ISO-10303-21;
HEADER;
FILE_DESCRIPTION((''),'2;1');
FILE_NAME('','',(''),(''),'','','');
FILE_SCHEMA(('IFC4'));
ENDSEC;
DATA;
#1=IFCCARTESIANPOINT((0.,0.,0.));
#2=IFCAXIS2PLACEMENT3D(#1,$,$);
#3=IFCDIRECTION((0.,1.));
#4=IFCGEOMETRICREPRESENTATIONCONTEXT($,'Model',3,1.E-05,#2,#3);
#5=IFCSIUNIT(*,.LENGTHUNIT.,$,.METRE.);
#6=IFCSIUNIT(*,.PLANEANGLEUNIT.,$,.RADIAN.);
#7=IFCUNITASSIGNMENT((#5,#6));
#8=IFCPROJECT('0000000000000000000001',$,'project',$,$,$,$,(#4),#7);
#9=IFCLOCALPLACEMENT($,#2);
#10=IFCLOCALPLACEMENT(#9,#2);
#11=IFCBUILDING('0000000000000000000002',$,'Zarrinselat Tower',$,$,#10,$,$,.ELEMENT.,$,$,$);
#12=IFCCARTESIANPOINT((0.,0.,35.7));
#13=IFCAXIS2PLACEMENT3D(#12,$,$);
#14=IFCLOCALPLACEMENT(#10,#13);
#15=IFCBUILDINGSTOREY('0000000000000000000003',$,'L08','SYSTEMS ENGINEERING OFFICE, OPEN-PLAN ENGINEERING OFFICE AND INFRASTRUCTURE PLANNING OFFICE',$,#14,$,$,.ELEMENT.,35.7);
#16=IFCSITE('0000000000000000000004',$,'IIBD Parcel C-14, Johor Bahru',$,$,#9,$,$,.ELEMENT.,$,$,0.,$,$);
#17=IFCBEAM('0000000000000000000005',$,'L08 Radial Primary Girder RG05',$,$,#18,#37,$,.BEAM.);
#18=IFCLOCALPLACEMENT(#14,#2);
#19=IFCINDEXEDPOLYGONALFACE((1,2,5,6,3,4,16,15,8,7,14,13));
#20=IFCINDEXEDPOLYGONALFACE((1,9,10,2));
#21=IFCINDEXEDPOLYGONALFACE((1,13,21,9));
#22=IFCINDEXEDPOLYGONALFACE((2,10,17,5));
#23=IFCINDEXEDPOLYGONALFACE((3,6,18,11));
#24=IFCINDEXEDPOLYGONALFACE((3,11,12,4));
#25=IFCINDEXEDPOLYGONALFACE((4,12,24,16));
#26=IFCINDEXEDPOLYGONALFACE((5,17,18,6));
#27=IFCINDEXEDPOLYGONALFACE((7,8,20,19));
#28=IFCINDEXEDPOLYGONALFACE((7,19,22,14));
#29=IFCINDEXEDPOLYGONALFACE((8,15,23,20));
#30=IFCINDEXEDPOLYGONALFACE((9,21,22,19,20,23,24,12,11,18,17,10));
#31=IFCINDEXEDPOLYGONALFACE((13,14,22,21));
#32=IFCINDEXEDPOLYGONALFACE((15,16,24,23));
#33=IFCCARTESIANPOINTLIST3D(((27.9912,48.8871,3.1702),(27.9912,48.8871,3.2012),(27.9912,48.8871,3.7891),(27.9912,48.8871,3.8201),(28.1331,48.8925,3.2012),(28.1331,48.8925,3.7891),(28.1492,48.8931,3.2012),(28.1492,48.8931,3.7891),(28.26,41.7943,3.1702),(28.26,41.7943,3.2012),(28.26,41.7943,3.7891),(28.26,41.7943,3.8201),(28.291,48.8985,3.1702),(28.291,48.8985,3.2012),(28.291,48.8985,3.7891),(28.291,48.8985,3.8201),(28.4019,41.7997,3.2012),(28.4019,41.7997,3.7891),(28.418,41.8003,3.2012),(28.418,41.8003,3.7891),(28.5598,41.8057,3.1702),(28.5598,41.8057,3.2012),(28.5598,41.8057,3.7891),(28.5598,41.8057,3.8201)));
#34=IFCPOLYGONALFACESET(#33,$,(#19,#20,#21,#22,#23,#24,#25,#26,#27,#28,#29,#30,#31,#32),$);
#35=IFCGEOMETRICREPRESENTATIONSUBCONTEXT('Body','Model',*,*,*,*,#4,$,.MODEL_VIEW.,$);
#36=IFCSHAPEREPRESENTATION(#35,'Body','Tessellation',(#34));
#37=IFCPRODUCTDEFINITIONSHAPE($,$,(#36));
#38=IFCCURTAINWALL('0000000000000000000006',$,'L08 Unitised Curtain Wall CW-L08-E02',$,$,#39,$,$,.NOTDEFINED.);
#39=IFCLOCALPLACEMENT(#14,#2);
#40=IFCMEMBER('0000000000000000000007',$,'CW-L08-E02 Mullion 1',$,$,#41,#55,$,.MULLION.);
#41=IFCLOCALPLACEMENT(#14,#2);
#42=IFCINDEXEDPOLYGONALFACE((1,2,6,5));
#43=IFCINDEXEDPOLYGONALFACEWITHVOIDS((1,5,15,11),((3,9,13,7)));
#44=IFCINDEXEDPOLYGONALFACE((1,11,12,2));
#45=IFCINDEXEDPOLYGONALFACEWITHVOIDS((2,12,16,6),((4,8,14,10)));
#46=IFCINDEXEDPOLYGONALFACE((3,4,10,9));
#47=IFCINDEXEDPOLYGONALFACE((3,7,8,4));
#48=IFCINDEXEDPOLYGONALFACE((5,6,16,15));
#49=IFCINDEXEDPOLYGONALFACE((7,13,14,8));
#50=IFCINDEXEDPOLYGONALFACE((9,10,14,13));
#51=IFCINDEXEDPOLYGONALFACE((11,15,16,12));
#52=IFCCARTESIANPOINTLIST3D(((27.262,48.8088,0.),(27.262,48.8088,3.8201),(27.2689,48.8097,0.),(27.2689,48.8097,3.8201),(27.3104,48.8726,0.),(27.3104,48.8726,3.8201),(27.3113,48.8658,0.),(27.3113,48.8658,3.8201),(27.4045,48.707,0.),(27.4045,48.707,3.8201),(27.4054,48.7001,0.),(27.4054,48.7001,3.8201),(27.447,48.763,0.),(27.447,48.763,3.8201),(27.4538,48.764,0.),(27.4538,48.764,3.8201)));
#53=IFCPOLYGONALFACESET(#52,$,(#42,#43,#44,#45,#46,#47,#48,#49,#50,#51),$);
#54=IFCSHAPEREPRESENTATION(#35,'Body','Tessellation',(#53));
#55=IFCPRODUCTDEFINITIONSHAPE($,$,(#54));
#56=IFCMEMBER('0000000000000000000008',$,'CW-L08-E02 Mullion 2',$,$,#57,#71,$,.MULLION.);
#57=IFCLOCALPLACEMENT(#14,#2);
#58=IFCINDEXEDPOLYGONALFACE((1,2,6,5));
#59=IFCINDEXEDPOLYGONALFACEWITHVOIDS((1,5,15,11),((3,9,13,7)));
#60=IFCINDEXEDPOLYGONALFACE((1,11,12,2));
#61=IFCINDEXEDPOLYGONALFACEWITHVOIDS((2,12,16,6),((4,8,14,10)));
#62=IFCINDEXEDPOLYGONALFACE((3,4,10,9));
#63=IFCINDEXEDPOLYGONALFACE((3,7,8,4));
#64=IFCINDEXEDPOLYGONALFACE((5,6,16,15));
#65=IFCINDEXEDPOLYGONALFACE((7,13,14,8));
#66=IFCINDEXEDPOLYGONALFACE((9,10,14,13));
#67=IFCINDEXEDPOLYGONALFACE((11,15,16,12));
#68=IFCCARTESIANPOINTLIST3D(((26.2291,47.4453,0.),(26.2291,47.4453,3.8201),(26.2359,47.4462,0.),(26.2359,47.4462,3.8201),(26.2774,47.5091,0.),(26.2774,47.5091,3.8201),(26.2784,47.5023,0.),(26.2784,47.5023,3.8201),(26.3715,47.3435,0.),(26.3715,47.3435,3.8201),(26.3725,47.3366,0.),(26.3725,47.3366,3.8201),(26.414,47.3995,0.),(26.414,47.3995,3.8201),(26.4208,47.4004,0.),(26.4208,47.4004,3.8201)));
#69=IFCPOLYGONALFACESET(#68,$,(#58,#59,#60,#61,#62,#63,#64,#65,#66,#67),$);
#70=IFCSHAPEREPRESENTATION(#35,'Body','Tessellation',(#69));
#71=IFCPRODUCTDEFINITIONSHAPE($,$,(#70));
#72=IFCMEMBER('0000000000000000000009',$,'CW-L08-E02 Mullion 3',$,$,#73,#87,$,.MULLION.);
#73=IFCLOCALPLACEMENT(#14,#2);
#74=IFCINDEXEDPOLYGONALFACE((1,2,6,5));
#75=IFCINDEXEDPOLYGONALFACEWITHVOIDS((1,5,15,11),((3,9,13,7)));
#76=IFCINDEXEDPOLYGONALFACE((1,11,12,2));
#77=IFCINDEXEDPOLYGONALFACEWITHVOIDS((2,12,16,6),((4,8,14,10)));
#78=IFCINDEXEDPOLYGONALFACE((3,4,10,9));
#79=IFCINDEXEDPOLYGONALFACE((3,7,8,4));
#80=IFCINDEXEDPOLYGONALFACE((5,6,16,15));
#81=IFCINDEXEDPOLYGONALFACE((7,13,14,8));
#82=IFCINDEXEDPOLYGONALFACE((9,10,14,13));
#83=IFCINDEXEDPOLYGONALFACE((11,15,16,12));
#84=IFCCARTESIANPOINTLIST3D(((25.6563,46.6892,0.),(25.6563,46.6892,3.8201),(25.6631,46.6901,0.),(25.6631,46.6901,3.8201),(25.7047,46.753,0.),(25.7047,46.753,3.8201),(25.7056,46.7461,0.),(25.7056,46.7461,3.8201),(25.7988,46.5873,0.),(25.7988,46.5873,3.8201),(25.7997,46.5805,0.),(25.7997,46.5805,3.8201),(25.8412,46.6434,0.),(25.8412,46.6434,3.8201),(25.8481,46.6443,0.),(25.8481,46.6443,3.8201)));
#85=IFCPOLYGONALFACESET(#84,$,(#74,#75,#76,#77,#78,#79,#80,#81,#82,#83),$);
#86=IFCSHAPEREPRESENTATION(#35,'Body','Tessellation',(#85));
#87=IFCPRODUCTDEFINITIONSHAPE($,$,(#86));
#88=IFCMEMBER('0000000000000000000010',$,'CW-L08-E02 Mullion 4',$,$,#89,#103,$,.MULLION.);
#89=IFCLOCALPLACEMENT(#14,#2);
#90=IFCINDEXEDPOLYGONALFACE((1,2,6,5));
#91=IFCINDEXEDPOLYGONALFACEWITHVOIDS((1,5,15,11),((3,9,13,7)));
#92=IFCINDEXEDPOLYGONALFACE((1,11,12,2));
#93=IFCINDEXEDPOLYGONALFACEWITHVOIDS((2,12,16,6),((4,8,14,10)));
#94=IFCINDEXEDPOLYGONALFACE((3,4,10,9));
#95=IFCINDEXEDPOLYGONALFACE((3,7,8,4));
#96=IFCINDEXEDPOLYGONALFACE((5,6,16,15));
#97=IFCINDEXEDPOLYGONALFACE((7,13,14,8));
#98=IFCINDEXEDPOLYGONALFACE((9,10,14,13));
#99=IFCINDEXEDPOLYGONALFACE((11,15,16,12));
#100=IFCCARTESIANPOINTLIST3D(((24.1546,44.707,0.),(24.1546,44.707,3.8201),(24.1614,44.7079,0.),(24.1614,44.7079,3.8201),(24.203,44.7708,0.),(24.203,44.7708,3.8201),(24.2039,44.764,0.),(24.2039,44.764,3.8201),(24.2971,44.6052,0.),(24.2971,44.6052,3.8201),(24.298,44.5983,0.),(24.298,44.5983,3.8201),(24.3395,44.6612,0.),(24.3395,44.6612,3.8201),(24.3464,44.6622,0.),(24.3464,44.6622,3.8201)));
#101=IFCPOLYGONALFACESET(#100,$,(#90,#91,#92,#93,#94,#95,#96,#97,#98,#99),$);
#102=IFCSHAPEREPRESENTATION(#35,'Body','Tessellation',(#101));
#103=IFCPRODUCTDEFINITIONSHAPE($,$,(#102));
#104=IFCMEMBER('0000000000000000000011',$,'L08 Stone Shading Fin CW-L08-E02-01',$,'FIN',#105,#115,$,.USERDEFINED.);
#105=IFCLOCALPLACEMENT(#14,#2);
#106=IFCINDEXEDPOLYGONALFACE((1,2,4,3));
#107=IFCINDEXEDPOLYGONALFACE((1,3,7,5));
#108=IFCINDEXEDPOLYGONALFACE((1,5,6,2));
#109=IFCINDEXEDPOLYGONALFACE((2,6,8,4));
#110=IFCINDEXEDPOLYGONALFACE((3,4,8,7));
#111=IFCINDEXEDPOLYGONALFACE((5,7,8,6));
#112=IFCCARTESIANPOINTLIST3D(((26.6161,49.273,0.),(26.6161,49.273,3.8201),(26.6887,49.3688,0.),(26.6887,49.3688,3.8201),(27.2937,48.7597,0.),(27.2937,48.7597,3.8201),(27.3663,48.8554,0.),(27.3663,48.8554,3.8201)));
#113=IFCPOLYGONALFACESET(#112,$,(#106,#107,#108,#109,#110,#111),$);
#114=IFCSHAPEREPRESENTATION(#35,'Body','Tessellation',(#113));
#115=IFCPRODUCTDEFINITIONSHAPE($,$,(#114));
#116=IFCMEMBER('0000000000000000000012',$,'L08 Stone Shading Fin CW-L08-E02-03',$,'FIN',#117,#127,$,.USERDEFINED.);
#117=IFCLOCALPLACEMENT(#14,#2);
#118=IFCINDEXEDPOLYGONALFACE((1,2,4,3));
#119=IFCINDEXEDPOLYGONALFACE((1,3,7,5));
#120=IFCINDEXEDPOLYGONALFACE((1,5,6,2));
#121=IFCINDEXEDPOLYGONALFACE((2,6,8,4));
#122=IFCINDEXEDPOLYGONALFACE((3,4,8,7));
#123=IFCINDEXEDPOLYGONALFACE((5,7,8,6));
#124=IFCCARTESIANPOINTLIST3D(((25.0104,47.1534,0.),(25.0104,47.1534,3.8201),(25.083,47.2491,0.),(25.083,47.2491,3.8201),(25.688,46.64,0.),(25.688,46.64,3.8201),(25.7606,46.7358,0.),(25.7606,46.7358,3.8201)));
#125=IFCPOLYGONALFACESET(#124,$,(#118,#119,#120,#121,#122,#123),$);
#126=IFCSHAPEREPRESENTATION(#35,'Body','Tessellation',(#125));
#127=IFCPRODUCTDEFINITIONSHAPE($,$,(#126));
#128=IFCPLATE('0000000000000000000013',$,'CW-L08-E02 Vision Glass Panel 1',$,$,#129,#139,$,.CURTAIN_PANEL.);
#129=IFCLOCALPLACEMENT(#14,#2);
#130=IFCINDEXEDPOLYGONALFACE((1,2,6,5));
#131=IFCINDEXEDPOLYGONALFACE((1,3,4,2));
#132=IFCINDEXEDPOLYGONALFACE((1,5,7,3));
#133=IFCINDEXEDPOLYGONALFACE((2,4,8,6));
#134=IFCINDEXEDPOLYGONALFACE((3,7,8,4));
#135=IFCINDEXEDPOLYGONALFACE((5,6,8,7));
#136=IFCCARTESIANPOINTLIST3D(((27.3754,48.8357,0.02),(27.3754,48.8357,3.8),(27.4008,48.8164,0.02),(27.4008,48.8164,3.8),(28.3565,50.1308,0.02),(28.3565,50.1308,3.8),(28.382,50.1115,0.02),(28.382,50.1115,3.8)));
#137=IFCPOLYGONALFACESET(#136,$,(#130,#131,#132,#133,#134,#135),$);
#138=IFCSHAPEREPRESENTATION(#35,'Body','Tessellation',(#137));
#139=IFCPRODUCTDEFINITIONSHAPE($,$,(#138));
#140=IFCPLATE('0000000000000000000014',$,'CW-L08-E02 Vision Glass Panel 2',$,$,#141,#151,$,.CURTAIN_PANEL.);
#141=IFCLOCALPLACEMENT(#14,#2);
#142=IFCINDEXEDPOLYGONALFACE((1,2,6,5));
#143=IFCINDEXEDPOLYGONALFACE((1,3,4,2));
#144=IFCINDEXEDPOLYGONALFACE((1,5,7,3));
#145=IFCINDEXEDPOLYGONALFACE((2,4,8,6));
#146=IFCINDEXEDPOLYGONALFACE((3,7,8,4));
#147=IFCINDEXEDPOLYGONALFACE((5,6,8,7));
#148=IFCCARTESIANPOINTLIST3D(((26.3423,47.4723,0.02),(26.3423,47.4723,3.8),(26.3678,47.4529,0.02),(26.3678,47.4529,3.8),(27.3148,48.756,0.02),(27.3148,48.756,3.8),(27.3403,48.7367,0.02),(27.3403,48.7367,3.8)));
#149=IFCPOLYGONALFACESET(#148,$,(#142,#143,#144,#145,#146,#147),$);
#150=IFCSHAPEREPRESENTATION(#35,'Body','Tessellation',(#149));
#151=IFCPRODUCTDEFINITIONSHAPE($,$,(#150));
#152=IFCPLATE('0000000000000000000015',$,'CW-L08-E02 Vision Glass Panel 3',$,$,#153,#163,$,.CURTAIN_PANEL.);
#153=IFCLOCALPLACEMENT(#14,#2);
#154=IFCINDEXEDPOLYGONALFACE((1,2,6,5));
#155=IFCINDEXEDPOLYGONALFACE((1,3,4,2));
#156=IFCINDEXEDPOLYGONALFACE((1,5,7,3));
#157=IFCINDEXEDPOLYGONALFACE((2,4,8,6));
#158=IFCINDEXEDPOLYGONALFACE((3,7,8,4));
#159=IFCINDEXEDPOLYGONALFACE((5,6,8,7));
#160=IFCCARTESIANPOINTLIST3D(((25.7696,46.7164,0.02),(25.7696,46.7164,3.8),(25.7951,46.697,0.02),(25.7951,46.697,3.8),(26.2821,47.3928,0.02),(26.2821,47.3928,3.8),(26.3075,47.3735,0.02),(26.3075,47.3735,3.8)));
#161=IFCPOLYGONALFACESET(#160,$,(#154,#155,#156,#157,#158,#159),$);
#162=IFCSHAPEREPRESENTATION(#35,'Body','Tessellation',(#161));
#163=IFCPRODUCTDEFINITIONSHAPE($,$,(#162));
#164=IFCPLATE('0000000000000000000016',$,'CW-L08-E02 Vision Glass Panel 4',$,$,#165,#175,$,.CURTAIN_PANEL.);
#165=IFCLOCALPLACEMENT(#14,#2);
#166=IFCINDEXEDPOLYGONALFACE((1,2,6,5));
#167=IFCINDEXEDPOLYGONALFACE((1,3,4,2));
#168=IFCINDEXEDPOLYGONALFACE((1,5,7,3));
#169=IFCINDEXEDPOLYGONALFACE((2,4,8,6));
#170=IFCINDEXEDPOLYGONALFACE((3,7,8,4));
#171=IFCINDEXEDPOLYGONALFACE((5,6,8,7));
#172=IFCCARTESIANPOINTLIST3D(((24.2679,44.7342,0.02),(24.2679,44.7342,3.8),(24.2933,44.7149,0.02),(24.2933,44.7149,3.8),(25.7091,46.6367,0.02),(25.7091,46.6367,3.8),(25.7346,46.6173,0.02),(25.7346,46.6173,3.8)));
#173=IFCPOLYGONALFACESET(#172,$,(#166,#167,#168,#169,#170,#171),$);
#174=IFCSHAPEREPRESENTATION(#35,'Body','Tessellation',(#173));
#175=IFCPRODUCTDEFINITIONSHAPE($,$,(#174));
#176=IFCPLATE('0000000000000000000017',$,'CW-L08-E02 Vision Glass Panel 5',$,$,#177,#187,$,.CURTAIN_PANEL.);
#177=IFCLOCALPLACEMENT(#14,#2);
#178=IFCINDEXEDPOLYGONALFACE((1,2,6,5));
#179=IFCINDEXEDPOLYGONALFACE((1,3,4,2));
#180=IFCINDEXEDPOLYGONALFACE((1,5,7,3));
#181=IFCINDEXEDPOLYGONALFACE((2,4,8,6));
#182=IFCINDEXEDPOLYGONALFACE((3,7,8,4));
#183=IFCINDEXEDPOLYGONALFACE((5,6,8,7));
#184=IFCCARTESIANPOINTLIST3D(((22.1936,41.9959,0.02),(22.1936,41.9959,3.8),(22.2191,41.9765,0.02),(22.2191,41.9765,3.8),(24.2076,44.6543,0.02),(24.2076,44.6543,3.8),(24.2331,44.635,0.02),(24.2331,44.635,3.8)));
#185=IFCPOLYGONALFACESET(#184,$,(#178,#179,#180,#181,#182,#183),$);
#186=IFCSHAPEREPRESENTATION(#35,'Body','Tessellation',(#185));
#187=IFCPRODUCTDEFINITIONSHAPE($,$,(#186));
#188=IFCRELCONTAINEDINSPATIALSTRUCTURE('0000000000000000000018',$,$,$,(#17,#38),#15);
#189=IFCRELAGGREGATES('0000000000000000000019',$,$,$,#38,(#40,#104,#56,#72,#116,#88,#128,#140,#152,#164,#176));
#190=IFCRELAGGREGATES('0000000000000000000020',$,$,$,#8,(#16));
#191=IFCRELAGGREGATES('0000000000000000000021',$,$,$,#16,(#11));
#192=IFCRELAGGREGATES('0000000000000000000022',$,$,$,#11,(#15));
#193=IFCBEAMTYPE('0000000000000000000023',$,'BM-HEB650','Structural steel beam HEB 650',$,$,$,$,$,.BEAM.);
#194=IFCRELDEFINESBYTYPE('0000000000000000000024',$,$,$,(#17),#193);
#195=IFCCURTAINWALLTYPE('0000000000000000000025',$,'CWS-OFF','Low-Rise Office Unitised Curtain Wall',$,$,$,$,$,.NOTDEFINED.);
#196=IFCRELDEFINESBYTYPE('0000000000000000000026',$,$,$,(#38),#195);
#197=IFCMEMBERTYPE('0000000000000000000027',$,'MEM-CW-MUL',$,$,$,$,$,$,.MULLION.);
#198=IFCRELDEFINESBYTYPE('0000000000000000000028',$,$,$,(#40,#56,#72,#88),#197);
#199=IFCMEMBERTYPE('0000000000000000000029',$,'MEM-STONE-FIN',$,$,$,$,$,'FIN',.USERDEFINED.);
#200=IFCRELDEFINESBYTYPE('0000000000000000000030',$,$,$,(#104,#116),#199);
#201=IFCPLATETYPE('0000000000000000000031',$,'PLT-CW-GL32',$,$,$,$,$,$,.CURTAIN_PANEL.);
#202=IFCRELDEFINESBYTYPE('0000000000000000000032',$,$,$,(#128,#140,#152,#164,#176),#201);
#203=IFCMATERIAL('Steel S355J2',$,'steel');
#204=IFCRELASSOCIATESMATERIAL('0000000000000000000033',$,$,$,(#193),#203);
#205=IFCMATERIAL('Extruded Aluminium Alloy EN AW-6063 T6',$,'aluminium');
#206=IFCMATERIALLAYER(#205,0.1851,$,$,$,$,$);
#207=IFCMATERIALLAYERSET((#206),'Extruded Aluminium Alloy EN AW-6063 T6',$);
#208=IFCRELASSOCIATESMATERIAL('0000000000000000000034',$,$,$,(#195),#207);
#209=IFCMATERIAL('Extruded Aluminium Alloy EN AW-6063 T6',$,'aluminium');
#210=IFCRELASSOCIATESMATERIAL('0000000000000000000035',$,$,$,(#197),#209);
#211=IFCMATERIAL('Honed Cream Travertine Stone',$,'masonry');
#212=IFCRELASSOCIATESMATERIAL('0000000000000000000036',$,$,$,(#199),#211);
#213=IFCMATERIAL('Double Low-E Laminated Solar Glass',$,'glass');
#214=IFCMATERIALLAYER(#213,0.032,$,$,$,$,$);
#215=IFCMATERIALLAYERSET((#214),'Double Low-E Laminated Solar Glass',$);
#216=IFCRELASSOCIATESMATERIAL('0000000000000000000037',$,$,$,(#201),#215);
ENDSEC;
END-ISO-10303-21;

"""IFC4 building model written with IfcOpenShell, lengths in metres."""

from ifc_helpers import new_model, si_unit, direction, frame, origin, origin_2d, place, context, subcontext, project, spatial, rectangle, hollow_rectangle, i_section, extrude, material, layer, layer_set, material_profile, profile_set, type_object, element, aggregate, save


model = new_model("IFC4")

# Units and contexts
model_context = context("Model", 3, precision=1e-05, world=origin(), true_north=direction((0.0, 1.0)))
body_context = subcontext(model_context, "Body", "Model", "MODEL_VIEW")
ifc_project = project(units=[si_unit("LENGTHUNIT", "METRE"), si_unit("PLANEANGLEUNIT", "RADIAN")], contexts=[model_context])

# Site, building, storey
site_placement = place(None, origin())
site = spatial("IfcSite", under=ifc_project, at=site_placement, Name="IIBD Parcel C-14, Johor Bahru", CompositionType="ELEMENT", RefElevation=0.0)
building_placement = place(site_placement, origin())
building = spatial("IfcBuilding", under=site, at=building_placement, Name="Zarrinselat Tower", CompositionType="ELEMENT")
storey_placement = place(building_placement, frame((0.0, 0.0, 35.7)))
storey = spatial("IfcBuildingStorey", under=building, at=storey_placement, Name="L08", Description="SYSTEMS ENGINEERING OFFICE, OPEN-PLAN ENGINEERING OFFICE AND INFRASTRUCTURE PLANNING OFFICE", CompositionType="ELEMENT", Elevation=35.7)

# Beam
ifc_material_1 = material(Name="Steel S355J2", Category="steel")
ifc_material_profile_1 = material_profile(ifc_material_1, i_section(OverallWidth=0.3, OverallDepth=0.6499, WebThickness=0.0161, FlangeThickness=0.031, at=origin_2d()), Name="HEB 650")
ifc_profile_set_1 = profile_set([ifc_material_profile_1], Name="Steel S355J2")
beam_type = type_object("IfcBeamType", Name="BM-HEB650", Description="Structural steel beam HEB 650", PredefinedType="BEAM", material=ifc_profile_set_1)
beam_placement = place(storey_placement, frame((28.1411, 48.8928, 3.4951), z_axis=(0.03787, -0.999283, 0.0), x_axis=(0.999283, 0.03787, 0.0)))
element("IfcBeam", 1, at=beam_placement, inside=storey, type_object=beam_type, Name="L08 Radial Primary Girder RG05", PredefinedType="BEAM", context=body_context, shape_type="SweptSolid", body=[
    extrude(i_section(OverallWidth=0.3, OverallDepth=0.6499, WebThickness=0.0161, FlangeThickness=0.031, at=origin_2d()), origin(), (0.0, 0.0, 1.0), 7.0979),
])

# Curtain wall, members, plates
ifc_material_2 = material(Name="Extruded Aluminium Alloy EN AW-6063 T6", Category="aluminium")
ifc_layer_1 = layer(ifc_material_2, 0.1851)
ifc_layer_set_1 = layer_set([ifc_layer_1], Name="Extruded Aluminium Alloy EN AW-6063 T6")
curtain_wall_type = type_object("IfcCurtainWallType", Name="CWS-OFF", Description="Low-Rise Office Unitised Curtain Wall", PredefinedType="NOTDEFINED", material=ifc_layer_set_1)
curtain_wall_placement = place(storey_placement, origin())
curtain_wall = element("IfcCurtainWall", 2, at=curtain_wall_placement, inside=storey, type_object=curtain_wall_type, Name="L08 Unitised Curtain Wall CW-L08-E02", PredefinedType="NOTDEFINED")
ifc_material_3 = material(Name="Extruded Aluminium Alloy EN AW-6063 T6", Category="aluminium")
ifc_material_profile_2 = material_profile(ifc_material_3, hollow_rectangle(XDim=0.0801, YDim=0.1799, WallThickness=0.0049, at=origin_2d()), Name="RHS 180x80x5")
ifc_profile_set_2 = profile_set([ifc_material_profile_2], Name="Extruded Aluminium Alloy EN AW-6063 T6")
member_type_1 = type_object("IfcMemberType", Name="MEM-CW-MUL", PredefinedType="MULLION", material=ifc_profile_set_2)
member_1_placement = place(storey_placement, frame((27.3579, 48.7864, 0.0), z_axis=(0.0, 0.0, 1.0), x_axis=(-0.603859, -0.797091, 0.0)))
member_1 = element("IfcMember", 3, at=member_1_placement, type_object=member_type_1, Name="CW-L08-E02 Mullion 1", PredefinedType="MULLION", context=body_context, shape_type="SweptSolid", body=[
    extrude(hollow_rectangle(XDim=0.0801, YDim=0.1799, WallThickness=0.0049, at=origin_2d()), origin(), (0.0, 0.0, 1.0), 3.8201),
])
member_2_placement = place(storey_placement, frame((26.325, 47.4229, 0.0), z_axis=(0.0, 0.0, 1.0), x_axis=(-0.603859, -0.797091, 0.0)))
member_2 = element("IfcMember", 4, at=member_2_placement, type_object=member_type_1, Name="CW-L08-E02 Mullion 2", PredefinedType="MULLION", context=body_context, shape_type="SweptSolid", body=[
    extrude(hollow_rectangle(XDim=0.0801, YDim=0.1799, WallThickness=0.0049, at=origin_2d()), origin(), (0.0, 0.0, 1.0), 3.8201),
])
member_3_placement = place(storey_placement, frame((25.7522, 46.6667, 0.0), z_axis=(0.0, 0.0, 1.0), x_axis=(-0.603859, -0.797091, 0.0)))
member_3 = element("IfcMember", 5, at=member_3_placement, type_object=member_type_1, Name="CW-L08-E02 Mullion 3", PredefinedType="MULLION", context=body_context, shape_type="SweptSolid", body=[
    extrude(hollow_rectangle(XDim=0.0801, YDim=0.1799, WallThickness=0.0049, at=origin_2d()), origin(), (0.0, 0.0, 1.0), 3.8201),
])
member_4_placement = place(storey_placement, frame((24.2505, 44.6846, 0.0), z_axis=(0.0, 0.0, 1.0), x_axis=(-0.603859, -0.797091, 0.0)))
member_4 = element("IfcMember", 6, at=member_4_placement, type_object=member_type_1, Name="CW-L08-E02 Mullion 4", PredefinedType="MULLION", context=body_context, shape_type="SweptSolid", body=[
    extrude(hollow_rectangle(XDim=0.0801, YDim=0.1799, WallThickness=0.0049, at=origin_2d()), origin(), (0.0, 0.0, 1.0), 3.8201),
])
ifc_material_4 = material(Name="Honed Cream Travertine Stone", Category="masonry")
ifc_material_profile_3 = material_profile(ifc_material_4, rectangle(XDim=0.1201, YDim=0.8501, at=origin_2d()), Name="FIN 850x120")
ifc_profile_set_3 = profile_set([ifc_material_profile_3], Name="Honed Cream Travertine Stone")
member_type_2 = type_object("IfcMemberType", Name="MEM-STONE-FIN", ElementType="FIN", PredefinedType="USERDEFINED", material=ifc_profile_set_3)
member_5_placement = place(storey_placement, frame((26.9912, 49.0642, 0.0), z_axis=(0.0, 0.0, 1.0), x_axis=(0.603859, 0.797091, 0.0)))
member_5 = element("IfcMember", 7, at=member_5_placement, type_object=member_type_2, Name="L08 Stone Shading Fin CW-L08-E02-01", ObjectType="FIN", PredefinedType="USERDEFINED", context=body_context, shape_type="SweptSolid", body=[
    extrude(rectangle(XDim=0.1201, YDim=0.8501, at=origin_2d()), origin(), (0.0, 0.0, 1.0), 3.8201),
])
member_6_placement = place(storey_placement, frame((25.3855, 46.9446, 0.0), z_axis=(0.0, 0.0, 1.0), x_axis=(0.603859, 0.797091, 0.0)))
member_6 = element("IfcMember", 8, at=member_6_placement, type_object=member_type_2, Name="L08 Stone Shading Fin CW-L08-E02-03", ObjectType="FIN", PredefinedType="USERDEFINED", context=body_context, shape_type="SweptSolid", body=[
    extrude(rectangle(XDim=0.1201, YDim=0.8501, at=origin_2d()), origin(), (0.0, 0.0, 1.0), 3.8201),
])
ifc_material_5 = material(Name="Double Low-E Laminated Solar Glass", Category="glass")
ifc_layer_2 = layer(ifc_material_5, 0.032)
ifc_layer_set_2 = layer_set([ifc_layer_2], Name="Double Low-E Laminated Solar Glass")
plate_type = type_object("IfcPlateType", Name="PLT-CW-GL32", PredefinedType="CURTAIN_PANEL", material=ifc_layer_set_2)
plate_1_placement = place(storey_placement, frame((27.8787, 49.4736, 0.02), z_axis=(0.0, 0.0, 1.0), x_axis=(-0.603859, -0.797091, 0.0)))
plate_1 = element("IfcPlate", 9, at=plate_1_placement, type_object=plate_type, Name="CW-L08-E02 Vision Glass Panel 1", PredefinedType="CURTAIN_PANEL", context=body_context, shape_type="SweptSolid", body=[
    extrude(rectangle(XDim=1.6248, YDim=0.032, at=origin_2d()), origin(), (0.0, 0.0, 1.0), 3.78),
])
plate_2_placement = place(storey_placement, frame((26.8413, 48.1045, 0.02), z_axis=(0.0, 0.0, 1.0), x_axis=(-0.603859, -0.797091, 0.0)))
plate_2 = element("IfcPlate", 10, at=plate_2_placement, type_object=plate_type, Name="CW-L08-E02 Vision Glass Panel 2", PredefinedType="CURTAIN_PANEL", context=body_context, shape_type="SweptSolid", body=[
    extrude(rectangle(XDim=1.6106, YDim=0.032, at=origin_2d()), origin(), (0.0, 0.0, 1.0), 3.78),
])
plate_3_placement = place(storey_placement, frame((26.0386, 47.0449, 0.02), z_axis=(0.0, 0.0, 1.0), x_axis=(-0.603859, -0.797091, 0.0)))
plate_3 = element("IfcPlate", 11, at=plate_3_placement, type_object=plate_type, Name="CW-L08-E02 Vision Glass Panel 3", PredefinedType="CURTAIN_PANEL", context=body_context, shape_type="SweptSolid", body=[
    extrude(rectangle(XDim=0.8486, YDim=0.032, at=origin_2d()), origin(), (0.0, 0.0, 1.0), 3.78),
])
plate_4_placement = place(storey_placement, frame((25.0012, 45.6758, 0.02), z_axis=(0.0, 0.0, 1.0), x_axis=(-0.603859, -0.797091, 0.0)))
plate_4 = element("IfcPlate", 12, at=plate_4_placement, type_object=plate_type, Name="CW-L08-E02 Vision Glass Panel 4", PredefinedType="CURTAIN_PANEL", context=body_context, shape_type="SweptSolid", body=[
    extrude(rectangle(XDim=2.3867, YDim=0.032, at=origin_2d()), origin(), (0.0, 0.0, 1.0), 3.78),
])
plate_5_placement = place(storey_placement, frame((23.2134, 43.3154, 0.02), z_axis=(0.0, 0.0, 1.0), x_axis=(-0.603859, -0.797091, 0.0)))
plate_5 = element("IfcPlate", 13, at=plate_5_placement, type_object=plate_type, Name="CW-L08-E02 Vision Glass Panel 5", PredefinedType="CURTAIN_PANEL", context=body_context, shape_type="SweptSolid", body=[
    extrude(rectangle(XDim=3.3352, YDim=0.032, at=origin_2d()), origin(), (0.0, 0.0, 1.0), 3.78),
])
aggregate(curtain_wall, [member_1, member_5, member_2, member_3, member_6, member_4, plate_1, plate_2, plate_3, plate_4, plate_5])

save(model, "model.ifc")
